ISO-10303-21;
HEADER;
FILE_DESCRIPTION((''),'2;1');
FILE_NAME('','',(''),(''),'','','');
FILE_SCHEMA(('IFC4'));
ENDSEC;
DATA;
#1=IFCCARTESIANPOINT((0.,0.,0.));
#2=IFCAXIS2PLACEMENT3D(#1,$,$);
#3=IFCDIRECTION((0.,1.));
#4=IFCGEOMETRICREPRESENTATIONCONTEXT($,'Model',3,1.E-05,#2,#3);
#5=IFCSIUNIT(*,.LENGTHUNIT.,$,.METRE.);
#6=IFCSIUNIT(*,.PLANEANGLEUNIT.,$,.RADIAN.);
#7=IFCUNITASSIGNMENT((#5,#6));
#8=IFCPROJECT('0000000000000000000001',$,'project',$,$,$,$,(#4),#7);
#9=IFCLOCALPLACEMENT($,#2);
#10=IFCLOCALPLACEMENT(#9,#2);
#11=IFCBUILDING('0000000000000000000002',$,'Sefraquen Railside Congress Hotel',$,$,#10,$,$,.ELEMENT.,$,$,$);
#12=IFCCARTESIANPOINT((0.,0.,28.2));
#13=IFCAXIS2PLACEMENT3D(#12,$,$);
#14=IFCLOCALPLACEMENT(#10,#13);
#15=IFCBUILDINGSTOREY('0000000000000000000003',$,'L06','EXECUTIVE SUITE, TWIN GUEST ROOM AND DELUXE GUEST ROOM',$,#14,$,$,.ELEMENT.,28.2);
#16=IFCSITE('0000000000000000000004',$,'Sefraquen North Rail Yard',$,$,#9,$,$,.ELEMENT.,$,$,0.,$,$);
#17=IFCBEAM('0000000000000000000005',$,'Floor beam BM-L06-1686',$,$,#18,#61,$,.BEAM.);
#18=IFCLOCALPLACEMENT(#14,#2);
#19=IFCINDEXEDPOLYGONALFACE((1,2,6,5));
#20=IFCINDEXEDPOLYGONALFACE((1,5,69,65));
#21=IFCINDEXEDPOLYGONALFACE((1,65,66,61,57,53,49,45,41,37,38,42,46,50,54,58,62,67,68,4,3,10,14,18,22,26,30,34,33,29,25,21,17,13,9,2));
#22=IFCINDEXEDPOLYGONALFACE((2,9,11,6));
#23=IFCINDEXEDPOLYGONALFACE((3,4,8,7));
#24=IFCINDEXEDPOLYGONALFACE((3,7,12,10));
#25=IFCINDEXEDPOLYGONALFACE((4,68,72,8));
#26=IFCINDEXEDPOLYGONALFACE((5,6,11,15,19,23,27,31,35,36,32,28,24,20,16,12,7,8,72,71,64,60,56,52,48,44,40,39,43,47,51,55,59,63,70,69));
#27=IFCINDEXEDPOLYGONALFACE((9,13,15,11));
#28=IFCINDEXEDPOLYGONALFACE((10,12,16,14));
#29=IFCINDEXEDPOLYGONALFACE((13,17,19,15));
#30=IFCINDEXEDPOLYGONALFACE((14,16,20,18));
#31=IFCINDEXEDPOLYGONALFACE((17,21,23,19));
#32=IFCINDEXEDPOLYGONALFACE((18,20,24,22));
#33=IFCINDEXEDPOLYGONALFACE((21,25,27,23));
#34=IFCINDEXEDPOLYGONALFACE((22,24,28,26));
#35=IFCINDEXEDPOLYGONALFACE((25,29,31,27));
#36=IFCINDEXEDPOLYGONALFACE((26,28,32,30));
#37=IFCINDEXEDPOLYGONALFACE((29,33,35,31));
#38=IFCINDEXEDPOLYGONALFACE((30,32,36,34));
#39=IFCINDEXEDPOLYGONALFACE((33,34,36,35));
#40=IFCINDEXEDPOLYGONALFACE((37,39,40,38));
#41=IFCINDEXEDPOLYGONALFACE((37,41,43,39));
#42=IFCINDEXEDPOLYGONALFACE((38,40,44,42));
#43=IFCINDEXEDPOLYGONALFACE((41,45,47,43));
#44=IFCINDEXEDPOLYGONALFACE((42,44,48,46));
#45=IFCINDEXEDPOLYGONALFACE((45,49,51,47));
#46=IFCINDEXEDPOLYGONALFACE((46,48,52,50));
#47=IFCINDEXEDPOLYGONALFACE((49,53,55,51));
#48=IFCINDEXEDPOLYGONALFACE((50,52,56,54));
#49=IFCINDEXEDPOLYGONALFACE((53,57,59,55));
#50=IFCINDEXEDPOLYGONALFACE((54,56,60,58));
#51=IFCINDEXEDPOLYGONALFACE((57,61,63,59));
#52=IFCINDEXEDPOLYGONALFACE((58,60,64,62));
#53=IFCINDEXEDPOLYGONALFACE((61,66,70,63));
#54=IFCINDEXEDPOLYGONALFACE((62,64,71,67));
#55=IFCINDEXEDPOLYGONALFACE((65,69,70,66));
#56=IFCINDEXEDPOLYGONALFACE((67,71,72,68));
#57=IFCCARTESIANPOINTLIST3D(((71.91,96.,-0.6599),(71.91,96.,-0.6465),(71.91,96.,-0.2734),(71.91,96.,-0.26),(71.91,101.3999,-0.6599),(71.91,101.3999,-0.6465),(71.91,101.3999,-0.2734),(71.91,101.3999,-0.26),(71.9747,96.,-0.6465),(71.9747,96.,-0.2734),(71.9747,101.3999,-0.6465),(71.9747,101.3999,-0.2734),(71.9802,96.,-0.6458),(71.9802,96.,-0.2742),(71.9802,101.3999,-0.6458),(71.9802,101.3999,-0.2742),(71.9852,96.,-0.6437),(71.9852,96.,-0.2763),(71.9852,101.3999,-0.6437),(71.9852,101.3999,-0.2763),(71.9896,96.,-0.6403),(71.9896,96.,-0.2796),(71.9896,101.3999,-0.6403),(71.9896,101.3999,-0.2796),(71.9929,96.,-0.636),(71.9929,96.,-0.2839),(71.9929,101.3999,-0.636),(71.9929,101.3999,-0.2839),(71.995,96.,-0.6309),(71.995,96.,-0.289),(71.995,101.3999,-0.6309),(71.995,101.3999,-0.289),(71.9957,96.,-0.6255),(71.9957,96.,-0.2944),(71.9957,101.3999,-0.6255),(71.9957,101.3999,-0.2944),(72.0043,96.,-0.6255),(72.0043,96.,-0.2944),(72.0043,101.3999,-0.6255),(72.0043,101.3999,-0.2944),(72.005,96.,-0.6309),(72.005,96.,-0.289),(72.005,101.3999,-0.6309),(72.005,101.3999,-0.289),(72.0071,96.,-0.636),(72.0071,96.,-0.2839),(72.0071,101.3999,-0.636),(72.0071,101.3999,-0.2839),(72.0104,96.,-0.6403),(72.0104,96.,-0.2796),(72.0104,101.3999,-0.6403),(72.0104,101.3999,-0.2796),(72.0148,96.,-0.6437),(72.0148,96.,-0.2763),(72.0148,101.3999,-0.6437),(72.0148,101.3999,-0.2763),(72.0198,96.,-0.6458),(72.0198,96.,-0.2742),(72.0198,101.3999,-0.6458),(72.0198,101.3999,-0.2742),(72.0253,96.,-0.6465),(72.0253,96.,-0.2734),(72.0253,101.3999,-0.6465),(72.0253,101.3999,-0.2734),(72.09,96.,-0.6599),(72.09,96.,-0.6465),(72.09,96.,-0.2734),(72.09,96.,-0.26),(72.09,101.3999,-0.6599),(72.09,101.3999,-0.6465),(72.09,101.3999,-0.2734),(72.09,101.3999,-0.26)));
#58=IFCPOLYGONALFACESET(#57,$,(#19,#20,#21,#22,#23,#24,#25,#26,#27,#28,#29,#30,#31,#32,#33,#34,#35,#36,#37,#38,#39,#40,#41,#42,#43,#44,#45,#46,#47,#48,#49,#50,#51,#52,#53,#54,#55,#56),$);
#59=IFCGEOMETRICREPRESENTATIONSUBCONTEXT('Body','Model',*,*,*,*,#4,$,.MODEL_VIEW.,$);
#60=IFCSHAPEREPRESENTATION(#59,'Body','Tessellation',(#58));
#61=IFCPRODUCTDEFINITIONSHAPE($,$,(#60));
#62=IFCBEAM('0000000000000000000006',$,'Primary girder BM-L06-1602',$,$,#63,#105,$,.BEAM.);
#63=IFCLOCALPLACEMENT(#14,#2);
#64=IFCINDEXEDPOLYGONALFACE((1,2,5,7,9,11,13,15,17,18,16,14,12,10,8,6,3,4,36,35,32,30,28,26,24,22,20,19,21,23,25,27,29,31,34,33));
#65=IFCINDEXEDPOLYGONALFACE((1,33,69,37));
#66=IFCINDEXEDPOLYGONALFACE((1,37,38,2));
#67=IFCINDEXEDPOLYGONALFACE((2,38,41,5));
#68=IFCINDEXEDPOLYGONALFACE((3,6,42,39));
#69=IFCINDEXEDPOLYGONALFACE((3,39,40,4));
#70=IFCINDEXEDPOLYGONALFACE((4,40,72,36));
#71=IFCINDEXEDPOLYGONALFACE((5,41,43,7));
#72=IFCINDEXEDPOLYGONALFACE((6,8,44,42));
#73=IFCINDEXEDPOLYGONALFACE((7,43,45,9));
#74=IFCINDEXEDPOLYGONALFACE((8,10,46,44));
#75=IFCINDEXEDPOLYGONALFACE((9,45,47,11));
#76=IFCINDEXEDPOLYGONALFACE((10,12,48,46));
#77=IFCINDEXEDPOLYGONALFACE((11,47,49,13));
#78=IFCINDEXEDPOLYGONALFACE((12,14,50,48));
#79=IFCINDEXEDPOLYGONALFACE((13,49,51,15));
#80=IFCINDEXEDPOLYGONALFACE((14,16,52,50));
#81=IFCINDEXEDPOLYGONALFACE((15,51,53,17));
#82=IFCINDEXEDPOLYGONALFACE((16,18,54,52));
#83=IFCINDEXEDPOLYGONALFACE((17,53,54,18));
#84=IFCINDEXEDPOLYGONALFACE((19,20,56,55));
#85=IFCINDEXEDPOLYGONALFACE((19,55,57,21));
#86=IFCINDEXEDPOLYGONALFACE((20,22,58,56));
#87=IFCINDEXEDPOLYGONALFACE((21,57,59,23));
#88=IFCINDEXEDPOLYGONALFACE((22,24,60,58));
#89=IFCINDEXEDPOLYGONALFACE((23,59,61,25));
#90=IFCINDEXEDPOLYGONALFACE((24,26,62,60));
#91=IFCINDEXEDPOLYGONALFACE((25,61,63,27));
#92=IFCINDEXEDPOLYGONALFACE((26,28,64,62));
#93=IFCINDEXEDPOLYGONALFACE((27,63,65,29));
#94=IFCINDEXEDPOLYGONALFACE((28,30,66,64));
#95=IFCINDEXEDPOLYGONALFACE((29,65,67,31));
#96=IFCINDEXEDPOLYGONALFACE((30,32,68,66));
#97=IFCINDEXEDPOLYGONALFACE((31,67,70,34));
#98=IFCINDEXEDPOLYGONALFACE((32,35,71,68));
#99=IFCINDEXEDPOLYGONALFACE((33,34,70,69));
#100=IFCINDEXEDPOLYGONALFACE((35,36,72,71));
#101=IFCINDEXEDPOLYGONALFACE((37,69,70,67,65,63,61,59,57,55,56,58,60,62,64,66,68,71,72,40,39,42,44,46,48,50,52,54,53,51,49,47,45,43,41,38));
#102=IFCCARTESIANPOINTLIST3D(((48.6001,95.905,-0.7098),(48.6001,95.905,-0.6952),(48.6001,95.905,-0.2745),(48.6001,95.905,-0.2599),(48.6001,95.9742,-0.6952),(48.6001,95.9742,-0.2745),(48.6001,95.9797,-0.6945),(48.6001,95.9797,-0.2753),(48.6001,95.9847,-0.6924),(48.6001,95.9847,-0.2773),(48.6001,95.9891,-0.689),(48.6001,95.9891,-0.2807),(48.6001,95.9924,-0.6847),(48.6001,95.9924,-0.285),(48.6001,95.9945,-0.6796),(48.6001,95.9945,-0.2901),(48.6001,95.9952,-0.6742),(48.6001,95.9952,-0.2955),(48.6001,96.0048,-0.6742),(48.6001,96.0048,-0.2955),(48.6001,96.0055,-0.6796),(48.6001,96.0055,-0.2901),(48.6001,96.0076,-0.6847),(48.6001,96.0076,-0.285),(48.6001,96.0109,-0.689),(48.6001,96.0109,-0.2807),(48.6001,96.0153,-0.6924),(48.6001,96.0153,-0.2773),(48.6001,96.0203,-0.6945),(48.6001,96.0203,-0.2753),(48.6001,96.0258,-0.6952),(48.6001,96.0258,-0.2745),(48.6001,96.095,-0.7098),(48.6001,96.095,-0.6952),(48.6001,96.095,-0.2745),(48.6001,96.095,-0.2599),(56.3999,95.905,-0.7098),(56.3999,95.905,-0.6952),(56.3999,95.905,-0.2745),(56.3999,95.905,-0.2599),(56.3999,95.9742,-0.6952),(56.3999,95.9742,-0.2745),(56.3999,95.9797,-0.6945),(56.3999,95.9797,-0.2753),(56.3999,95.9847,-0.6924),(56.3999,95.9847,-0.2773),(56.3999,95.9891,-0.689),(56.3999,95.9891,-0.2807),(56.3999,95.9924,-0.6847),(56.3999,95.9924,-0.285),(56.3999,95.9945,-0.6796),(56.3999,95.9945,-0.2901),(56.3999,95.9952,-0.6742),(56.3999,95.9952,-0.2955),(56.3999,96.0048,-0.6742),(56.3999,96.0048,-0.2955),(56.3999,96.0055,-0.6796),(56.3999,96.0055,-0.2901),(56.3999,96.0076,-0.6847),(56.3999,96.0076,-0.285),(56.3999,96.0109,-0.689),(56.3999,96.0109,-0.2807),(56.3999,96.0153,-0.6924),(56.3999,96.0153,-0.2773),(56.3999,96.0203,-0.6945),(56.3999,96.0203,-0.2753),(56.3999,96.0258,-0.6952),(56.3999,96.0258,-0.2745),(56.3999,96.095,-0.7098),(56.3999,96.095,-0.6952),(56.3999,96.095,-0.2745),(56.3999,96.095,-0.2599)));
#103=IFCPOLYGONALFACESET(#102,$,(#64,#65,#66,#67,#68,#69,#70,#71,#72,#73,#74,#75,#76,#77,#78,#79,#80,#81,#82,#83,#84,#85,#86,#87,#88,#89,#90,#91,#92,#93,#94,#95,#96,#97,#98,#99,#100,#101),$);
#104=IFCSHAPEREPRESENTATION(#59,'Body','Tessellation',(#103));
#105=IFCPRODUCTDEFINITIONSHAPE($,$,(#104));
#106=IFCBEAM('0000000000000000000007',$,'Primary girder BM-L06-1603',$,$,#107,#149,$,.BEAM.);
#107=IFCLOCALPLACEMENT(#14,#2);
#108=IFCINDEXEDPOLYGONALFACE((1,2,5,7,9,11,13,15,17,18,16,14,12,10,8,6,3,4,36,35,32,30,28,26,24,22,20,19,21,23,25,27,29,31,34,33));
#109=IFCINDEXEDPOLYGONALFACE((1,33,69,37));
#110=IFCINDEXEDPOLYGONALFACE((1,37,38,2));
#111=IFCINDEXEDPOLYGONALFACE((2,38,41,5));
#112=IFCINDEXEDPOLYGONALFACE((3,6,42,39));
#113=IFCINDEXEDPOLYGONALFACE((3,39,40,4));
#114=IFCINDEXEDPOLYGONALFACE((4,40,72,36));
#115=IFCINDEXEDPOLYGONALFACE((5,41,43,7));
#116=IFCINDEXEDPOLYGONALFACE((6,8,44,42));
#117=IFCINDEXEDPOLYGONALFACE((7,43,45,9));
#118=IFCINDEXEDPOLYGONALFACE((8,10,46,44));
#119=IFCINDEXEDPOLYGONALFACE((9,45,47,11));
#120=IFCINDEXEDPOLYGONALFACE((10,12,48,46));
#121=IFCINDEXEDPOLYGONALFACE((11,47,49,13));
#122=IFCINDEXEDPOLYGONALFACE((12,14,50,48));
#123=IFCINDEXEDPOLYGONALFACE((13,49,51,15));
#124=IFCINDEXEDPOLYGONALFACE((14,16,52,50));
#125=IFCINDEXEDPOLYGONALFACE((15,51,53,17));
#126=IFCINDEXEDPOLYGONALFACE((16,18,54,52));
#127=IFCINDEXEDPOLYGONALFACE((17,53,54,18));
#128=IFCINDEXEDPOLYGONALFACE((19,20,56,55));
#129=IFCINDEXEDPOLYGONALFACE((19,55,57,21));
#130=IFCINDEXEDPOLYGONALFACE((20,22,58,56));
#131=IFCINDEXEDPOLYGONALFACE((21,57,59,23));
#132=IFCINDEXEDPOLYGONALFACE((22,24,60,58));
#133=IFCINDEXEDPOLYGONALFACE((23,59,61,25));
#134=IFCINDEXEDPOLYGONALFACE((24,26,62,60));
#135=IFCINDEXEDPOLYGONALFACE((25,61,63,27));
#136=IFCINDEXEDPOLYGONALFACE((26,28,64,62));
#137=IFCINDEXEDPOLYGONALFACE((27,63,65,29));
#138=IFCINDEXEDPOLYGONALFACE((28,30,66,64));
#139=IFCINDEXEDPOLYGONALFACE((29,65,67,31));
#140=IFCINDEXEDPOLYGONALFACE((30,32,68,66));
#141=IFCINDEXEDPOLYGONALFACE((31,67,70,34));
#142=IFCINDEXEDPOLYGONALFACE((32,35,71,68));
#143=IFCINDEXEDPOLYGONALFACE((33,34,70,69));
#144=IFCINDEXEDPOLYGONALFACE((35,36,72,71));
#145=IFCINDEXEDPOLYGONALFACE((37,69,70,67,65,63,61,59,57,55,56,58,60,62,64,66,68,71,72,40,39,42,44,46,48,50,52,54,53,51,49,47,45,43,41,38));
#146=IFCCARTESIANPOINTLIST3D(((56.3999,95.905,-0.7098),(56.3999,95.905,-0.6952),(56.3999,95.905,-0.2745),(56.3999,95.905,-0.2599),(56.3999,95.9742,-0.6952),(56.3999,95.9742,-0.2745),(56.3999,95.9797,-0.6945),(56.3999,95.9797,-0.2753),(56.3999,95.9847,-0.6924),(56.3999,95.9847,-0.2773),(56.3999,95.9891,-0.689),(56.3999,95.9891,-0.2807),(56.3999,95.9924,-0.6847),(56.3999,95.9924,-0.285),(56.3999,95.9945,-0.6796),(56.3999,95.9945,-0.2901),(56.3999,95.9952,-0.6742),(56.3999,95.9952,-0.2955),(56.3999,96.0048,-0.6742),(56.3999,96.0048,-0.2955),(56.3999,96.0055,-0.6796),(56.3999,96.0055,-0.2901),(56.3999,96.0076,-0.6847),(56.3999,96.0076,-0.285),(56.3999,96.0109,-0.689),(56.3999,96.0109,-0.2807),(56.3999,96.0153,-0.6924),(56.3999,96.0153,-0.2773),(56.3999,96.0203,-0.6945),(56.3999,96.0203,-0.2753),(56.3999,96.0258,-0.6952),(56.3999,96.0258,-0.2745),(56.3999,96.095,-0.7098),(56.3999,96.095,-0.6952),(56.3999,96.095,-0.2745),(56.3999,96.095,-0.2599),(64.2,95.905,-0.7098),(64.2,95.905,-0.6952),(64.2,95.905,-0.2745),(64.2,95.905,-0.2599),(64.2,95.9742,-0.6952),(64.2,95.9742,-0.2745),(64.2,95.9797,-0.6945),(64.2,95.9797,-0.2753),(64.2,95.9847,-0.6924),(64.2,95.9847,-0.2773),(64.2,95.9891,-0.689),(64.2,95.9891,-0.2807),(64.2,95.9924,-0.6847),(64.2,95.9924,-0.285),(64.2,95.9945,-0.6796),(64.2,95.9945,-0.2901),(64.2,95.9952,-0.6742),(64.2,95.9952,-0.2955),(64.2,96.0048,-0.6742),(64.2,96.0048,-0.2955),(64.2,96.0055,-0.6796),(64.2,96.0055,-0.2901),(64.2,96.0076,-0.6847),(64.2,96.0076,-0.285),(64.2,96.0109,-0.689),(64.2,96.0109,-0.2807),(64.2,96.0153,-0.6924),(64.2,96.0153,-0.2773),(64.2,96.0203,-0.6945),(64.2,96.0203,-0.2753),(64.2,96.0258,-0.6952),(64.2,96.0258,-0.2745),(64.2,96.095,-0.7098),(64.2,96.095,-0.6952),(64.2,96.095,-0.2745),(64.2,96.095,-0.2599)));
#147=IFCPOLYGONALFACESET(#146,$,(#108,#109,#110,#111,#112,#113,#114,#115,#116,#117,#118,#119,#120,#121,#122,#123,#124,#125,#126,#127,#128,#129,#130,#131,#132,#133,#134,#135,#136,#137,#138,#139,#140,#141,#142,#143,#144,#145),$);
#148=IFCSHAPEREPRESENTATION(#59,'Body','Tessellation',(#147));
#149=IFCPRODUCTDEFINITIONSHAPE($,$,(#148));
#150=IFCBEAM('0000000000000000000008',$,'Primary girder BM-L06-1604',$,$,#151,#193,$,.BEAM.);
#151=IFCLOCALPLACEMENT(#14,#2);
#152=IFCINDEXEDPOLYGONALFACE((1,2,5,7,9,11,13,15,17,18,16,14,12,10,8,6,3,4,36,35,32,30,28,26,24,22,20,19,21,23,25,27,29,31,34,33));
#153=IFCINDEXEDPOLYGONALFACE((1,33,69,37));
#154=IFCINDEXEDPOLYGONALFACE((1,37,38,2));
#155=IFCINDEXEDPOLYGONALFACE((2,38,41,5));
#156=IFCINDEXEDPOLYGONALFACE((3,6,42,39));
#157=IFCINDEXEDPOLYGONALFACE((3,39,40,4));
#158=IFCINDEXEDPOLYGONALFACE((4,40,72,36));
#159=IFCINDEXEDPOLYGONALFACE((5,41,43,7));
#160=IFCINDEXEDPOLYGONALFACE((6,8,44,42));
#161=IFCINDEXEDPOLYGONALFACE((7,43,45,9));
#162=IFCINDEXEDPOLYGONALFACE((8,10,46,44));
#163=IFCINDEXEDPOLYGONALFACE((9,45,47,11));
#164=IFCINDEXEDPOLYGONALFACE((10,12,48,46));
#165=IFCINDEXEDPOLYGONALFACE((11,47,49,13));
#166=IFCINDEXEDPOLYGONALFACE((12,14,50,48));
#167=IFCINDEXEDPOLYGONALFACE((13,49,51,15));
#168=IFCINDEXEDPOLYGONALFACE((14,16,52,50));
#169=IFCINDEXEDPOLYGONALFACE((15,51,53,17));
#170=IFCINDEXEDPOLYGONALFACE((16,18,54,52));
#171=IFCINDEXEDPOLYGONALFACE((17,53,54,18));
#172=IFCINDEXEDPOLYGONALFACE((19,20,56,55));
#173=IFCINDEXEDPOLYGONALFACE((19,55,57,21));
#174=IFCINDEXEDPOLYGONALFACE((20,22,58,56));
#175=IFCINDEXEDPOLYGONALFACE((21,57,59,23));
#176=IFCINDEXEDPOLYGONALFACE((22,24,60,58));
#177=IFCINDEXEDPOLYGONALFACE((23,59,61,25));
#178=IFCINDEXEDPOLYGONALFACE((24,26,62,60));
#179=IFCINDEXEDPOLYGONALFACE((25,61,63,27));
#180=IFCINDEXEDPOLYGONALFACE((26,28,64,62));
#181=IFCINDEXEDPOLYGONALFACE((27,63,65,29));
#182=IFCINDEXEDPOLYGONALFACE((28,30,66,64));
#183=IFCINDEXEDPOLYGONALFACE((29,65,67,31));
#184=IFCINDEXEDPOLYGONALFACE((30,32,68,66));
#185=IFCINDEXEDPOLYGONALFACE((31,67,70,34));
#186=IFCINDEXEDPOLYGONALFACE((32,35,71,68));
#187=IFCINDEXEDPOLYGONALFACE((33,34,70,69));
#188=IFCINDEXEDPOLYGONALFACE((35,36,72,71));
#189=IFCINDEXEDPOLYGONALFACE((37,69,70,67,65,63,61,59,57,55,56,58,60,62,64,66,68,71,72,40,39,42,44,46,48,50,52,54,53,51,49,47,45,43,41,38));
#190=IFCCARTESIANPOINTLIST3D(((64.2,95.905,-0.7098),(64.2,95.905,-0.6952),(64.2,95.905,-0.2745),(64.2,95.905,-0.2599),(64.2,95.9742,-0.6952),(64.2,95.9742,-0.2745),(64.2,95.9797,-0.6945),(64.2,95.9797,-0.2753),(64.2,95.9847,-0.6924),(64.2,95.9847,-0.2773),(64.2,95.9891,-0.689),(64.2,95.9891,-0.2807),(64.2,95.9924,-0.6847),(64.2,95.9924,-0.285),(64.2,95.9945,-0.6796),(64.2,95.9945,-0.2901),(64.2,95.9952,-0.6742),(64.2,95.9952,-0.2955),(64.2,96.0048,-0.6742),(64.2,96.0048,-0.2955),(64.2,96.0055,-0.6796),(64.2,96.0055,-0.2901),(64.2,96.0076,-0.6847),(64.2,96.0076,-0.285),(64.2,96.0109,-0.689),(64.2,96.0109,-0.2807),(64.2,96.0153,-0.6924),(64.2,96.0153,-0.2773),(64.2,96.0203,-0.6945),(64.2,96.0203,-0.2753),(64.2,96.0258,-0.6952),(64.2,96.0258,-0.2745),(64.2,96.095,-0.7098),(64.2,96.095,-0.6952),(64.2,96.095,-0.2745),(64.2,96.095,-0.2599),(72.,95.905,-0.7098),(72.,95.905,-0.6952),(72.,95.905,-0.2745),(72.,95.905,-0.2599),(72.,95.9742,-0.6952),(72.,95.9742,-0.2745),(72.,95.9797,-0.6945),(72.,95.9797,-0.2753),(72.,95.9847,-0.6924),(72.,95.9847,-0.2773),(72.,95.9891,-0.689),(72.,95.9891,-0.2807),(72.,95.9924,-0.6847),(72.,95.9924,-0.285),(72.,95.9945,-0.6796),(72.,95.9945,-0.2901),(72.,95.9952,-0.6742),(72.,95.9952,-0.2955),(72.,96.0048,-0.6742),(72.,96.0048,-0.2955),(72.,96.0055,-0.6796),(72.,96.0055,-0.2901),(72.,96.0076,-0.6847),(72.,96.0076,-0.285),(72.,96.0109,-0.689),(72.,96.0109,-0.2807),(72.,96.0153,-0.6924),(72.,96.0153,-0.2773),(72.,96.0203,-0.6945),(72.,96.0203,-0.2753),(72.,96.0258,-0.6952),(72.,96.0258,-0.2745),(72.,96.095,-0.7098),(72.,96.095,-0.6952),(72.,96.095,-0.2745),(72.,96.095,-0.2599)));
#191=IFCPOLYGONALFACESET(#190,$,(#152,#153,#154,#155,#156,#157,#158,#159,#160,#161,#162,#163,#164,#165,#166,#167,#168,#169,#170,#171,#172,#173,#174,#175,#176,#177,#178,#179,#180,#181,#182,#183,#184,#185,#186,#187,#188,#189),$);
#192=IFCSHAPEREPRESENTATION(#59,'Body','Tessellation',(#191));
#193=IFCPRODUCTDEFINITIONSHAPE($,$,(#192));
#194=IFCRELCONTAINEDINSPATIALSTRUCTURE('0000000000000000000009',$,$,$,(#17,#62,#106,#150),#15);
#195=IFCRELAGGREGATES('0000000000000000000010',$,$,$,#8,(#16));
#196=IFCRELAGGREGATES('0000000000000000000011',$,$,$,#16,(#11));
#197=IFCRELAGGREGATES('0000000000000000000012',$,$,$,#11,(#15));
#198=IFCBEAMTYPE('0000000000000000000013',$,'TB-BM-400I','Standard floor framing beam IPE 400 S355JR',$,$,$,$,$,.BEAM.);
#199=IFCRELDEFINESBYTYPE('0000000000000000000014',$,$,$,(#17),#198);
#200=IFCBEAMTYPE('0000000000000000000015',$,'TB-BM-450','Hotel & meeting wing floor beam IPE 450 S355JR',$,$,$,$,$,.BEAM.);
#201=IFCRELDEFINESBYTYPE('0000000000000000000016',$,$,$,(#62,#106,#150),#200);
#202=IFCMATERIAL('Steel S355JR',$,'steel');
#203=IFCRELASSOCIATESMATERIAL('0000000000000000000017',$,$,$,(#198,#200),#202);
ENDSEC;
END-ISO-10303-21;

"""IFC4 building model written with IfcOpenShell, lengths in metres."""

from ifc_helpers import new_model, si_unit, direction, frame, origin, origin_2d, place, context, subcontext, project, spatial, i_section, extrude, material, material_profile, profile_set, type_object, element, save


model = new_model("IFC4")

# Units and contexts
model_context = context("Model", 3, precision=1e-05, world=origin(), true_north=direction((0.0, 1.0)))
body_context = subcontext(model_context, "Body", "Model", "MODEL_VIEW")
ifc_project = project(units=[si_unit("LENGTHUNIT", "METRE"), si_unit("PLANEANGLEUNIT", "RADIAN")], contexts=[model_context])

# Site, building, storey
site_placement = place(None, origin())
site = spatial("IfcSite", under=ifc_project, at=site_placement, Name="Sefraquen North Rail Yard", CompositionType="ELEMENT", RefElevation=0.0)
building_placement = place(site_placement, origin())
building = spatial("IfcBuilding", under=site, at=building_placement, Name="Sefraquen Railside Congress Hotel", CompositionType="ELEMENT")
storey_placement = place(building_placement, frame((0.0, 0.0, 28.2)))
storey = spatial("IfcBuildingStorey", under=building, at=storey_placement, Name="L06", Description="EXECUTIVE SUITE, TWIN GUEST ROOM AND DELUXE GUEST ROOM", CompositionType="ELEMENT", Elevation=28.2)

# Shared definitions
ifc_material = material(Name="Steel S355JR", Category="steel")

# Beams
ifc_material_profile_1 = material_profile(ifc_material, i_section(OverallWidth=0.1799, OverallDepth=0.3999, WebThickness=0.0085, FlangeThickness=0.0134, FilletRadius=0.021, at=origin_2d()), Name="IPE 400")
ifc_profile_set_1 = profile_set([ifc_material_profile_1], Name="Steel S355JR")
beam_type_1 = type_object("IfcBeamType", Name="TB-BM-400I", Description="Standard floor framing beam IPE 400 S355JR", PredefinedType="BEAM", material=ifc_profile_set_1)
for number, where, z_axis, x_axis, name in (
    (1, (72.0, 96.0, -0.46), (0.0, 1.0, 0.0), (-1.0, 0.0, 0.0), "Floor beam BM-L06-1686"),
):
    element("IfcBeam", number, at=place(storey_placement, frame(where, z_axis=z_axis, x_axis=x_axis)), inside=storey, type_object=beam_type_1, Name=name, PredefinedType="BEAM", context=body_context, shape_type="SweptSolid", body=[
        extrude(i_section(OverallWidth=0.1799, OverallDepth=0.3999, WebThickness=0.0085, FlangeThickness=0.0134, FilletRadius=0.021, at=origin_2d()), origin(), (0.0, 0.0, 1.0), 5.3999),
    ])
ifc_material_profile_2 = material_profile(ifc_material, i_section(OverallWidth=0.1899, OverallDepth=0.45, WebThickness=0.0095, FlangeThickness=0.0146, FilletRadius=0.021, at=origin_2d()), Name="IPE 450")
ifc_profile_set_2 = profile_set([ifc_material_profile_2], Name="Steel S355JR")
beam_type_2 = type_object("IfcBeamType", Name="TB-BM-450", Description="Hotel & meeting wing floor beam IPE 450 S355JR", PredefinedType="BEAM", material=ifc_profile_set_2)
beam_placement = place(storey_placement, frame((48.6001, 96.0, -0.4849), z_axis=(1.0, 0.0, 0.0), x_axis=(0.0, 1.0, 0.0)))
element("IfcBeam", 2, at=beam_placement, inside=storey, type_object=beam_type_2, Name="Primary girder BM-L06-1602", PredefinedType="BEAM", context=body_context, shape_type="SweptSolid", body=[
    extrude(i_section(OverallWidth=0.1899, OverallDepth=0.45, WebThickness=0.0095, FlangeThickness=0.0146, FilletRadius=0.021, at=origin_2d()), origin(), (0.0, 0.0, 1.0), 7.7998),
])
for number, where, z_axis, x_axis, name in (
    (3, (56.3999, 96.0, -0.4849), (1.0, 0.0, 0.0), (0.0, 1.0, 0.0), "Primary girder BM-L06-1603"),
    (4, (64.2, 96.0, -0.4849), (1.0, 0.0, 0.0), (0.0, 1.0, 0.0), "Primary girder BM-L06-1604"),
):
    element("IfcBeam", number, at=place(storey_placement, frame(where, z_axis=z_axis, x_axis=x_axis)), inside=storey, type_object=beam_type_2, Name=name, PredefinedType="BEAM", context=body_context, shape_type="SweptSolid", body=[
        extrude(i_section(OverallWidth=0.1899, OverallDepth=0.45, WebThickness=0.0095, FlangeThickness=0.0146, FilletRadius=0.021, at=origin_2d()), origin(), (0.0, 0.0, 1.0), 7.8),
    ])

save(model, "model.ifc")
